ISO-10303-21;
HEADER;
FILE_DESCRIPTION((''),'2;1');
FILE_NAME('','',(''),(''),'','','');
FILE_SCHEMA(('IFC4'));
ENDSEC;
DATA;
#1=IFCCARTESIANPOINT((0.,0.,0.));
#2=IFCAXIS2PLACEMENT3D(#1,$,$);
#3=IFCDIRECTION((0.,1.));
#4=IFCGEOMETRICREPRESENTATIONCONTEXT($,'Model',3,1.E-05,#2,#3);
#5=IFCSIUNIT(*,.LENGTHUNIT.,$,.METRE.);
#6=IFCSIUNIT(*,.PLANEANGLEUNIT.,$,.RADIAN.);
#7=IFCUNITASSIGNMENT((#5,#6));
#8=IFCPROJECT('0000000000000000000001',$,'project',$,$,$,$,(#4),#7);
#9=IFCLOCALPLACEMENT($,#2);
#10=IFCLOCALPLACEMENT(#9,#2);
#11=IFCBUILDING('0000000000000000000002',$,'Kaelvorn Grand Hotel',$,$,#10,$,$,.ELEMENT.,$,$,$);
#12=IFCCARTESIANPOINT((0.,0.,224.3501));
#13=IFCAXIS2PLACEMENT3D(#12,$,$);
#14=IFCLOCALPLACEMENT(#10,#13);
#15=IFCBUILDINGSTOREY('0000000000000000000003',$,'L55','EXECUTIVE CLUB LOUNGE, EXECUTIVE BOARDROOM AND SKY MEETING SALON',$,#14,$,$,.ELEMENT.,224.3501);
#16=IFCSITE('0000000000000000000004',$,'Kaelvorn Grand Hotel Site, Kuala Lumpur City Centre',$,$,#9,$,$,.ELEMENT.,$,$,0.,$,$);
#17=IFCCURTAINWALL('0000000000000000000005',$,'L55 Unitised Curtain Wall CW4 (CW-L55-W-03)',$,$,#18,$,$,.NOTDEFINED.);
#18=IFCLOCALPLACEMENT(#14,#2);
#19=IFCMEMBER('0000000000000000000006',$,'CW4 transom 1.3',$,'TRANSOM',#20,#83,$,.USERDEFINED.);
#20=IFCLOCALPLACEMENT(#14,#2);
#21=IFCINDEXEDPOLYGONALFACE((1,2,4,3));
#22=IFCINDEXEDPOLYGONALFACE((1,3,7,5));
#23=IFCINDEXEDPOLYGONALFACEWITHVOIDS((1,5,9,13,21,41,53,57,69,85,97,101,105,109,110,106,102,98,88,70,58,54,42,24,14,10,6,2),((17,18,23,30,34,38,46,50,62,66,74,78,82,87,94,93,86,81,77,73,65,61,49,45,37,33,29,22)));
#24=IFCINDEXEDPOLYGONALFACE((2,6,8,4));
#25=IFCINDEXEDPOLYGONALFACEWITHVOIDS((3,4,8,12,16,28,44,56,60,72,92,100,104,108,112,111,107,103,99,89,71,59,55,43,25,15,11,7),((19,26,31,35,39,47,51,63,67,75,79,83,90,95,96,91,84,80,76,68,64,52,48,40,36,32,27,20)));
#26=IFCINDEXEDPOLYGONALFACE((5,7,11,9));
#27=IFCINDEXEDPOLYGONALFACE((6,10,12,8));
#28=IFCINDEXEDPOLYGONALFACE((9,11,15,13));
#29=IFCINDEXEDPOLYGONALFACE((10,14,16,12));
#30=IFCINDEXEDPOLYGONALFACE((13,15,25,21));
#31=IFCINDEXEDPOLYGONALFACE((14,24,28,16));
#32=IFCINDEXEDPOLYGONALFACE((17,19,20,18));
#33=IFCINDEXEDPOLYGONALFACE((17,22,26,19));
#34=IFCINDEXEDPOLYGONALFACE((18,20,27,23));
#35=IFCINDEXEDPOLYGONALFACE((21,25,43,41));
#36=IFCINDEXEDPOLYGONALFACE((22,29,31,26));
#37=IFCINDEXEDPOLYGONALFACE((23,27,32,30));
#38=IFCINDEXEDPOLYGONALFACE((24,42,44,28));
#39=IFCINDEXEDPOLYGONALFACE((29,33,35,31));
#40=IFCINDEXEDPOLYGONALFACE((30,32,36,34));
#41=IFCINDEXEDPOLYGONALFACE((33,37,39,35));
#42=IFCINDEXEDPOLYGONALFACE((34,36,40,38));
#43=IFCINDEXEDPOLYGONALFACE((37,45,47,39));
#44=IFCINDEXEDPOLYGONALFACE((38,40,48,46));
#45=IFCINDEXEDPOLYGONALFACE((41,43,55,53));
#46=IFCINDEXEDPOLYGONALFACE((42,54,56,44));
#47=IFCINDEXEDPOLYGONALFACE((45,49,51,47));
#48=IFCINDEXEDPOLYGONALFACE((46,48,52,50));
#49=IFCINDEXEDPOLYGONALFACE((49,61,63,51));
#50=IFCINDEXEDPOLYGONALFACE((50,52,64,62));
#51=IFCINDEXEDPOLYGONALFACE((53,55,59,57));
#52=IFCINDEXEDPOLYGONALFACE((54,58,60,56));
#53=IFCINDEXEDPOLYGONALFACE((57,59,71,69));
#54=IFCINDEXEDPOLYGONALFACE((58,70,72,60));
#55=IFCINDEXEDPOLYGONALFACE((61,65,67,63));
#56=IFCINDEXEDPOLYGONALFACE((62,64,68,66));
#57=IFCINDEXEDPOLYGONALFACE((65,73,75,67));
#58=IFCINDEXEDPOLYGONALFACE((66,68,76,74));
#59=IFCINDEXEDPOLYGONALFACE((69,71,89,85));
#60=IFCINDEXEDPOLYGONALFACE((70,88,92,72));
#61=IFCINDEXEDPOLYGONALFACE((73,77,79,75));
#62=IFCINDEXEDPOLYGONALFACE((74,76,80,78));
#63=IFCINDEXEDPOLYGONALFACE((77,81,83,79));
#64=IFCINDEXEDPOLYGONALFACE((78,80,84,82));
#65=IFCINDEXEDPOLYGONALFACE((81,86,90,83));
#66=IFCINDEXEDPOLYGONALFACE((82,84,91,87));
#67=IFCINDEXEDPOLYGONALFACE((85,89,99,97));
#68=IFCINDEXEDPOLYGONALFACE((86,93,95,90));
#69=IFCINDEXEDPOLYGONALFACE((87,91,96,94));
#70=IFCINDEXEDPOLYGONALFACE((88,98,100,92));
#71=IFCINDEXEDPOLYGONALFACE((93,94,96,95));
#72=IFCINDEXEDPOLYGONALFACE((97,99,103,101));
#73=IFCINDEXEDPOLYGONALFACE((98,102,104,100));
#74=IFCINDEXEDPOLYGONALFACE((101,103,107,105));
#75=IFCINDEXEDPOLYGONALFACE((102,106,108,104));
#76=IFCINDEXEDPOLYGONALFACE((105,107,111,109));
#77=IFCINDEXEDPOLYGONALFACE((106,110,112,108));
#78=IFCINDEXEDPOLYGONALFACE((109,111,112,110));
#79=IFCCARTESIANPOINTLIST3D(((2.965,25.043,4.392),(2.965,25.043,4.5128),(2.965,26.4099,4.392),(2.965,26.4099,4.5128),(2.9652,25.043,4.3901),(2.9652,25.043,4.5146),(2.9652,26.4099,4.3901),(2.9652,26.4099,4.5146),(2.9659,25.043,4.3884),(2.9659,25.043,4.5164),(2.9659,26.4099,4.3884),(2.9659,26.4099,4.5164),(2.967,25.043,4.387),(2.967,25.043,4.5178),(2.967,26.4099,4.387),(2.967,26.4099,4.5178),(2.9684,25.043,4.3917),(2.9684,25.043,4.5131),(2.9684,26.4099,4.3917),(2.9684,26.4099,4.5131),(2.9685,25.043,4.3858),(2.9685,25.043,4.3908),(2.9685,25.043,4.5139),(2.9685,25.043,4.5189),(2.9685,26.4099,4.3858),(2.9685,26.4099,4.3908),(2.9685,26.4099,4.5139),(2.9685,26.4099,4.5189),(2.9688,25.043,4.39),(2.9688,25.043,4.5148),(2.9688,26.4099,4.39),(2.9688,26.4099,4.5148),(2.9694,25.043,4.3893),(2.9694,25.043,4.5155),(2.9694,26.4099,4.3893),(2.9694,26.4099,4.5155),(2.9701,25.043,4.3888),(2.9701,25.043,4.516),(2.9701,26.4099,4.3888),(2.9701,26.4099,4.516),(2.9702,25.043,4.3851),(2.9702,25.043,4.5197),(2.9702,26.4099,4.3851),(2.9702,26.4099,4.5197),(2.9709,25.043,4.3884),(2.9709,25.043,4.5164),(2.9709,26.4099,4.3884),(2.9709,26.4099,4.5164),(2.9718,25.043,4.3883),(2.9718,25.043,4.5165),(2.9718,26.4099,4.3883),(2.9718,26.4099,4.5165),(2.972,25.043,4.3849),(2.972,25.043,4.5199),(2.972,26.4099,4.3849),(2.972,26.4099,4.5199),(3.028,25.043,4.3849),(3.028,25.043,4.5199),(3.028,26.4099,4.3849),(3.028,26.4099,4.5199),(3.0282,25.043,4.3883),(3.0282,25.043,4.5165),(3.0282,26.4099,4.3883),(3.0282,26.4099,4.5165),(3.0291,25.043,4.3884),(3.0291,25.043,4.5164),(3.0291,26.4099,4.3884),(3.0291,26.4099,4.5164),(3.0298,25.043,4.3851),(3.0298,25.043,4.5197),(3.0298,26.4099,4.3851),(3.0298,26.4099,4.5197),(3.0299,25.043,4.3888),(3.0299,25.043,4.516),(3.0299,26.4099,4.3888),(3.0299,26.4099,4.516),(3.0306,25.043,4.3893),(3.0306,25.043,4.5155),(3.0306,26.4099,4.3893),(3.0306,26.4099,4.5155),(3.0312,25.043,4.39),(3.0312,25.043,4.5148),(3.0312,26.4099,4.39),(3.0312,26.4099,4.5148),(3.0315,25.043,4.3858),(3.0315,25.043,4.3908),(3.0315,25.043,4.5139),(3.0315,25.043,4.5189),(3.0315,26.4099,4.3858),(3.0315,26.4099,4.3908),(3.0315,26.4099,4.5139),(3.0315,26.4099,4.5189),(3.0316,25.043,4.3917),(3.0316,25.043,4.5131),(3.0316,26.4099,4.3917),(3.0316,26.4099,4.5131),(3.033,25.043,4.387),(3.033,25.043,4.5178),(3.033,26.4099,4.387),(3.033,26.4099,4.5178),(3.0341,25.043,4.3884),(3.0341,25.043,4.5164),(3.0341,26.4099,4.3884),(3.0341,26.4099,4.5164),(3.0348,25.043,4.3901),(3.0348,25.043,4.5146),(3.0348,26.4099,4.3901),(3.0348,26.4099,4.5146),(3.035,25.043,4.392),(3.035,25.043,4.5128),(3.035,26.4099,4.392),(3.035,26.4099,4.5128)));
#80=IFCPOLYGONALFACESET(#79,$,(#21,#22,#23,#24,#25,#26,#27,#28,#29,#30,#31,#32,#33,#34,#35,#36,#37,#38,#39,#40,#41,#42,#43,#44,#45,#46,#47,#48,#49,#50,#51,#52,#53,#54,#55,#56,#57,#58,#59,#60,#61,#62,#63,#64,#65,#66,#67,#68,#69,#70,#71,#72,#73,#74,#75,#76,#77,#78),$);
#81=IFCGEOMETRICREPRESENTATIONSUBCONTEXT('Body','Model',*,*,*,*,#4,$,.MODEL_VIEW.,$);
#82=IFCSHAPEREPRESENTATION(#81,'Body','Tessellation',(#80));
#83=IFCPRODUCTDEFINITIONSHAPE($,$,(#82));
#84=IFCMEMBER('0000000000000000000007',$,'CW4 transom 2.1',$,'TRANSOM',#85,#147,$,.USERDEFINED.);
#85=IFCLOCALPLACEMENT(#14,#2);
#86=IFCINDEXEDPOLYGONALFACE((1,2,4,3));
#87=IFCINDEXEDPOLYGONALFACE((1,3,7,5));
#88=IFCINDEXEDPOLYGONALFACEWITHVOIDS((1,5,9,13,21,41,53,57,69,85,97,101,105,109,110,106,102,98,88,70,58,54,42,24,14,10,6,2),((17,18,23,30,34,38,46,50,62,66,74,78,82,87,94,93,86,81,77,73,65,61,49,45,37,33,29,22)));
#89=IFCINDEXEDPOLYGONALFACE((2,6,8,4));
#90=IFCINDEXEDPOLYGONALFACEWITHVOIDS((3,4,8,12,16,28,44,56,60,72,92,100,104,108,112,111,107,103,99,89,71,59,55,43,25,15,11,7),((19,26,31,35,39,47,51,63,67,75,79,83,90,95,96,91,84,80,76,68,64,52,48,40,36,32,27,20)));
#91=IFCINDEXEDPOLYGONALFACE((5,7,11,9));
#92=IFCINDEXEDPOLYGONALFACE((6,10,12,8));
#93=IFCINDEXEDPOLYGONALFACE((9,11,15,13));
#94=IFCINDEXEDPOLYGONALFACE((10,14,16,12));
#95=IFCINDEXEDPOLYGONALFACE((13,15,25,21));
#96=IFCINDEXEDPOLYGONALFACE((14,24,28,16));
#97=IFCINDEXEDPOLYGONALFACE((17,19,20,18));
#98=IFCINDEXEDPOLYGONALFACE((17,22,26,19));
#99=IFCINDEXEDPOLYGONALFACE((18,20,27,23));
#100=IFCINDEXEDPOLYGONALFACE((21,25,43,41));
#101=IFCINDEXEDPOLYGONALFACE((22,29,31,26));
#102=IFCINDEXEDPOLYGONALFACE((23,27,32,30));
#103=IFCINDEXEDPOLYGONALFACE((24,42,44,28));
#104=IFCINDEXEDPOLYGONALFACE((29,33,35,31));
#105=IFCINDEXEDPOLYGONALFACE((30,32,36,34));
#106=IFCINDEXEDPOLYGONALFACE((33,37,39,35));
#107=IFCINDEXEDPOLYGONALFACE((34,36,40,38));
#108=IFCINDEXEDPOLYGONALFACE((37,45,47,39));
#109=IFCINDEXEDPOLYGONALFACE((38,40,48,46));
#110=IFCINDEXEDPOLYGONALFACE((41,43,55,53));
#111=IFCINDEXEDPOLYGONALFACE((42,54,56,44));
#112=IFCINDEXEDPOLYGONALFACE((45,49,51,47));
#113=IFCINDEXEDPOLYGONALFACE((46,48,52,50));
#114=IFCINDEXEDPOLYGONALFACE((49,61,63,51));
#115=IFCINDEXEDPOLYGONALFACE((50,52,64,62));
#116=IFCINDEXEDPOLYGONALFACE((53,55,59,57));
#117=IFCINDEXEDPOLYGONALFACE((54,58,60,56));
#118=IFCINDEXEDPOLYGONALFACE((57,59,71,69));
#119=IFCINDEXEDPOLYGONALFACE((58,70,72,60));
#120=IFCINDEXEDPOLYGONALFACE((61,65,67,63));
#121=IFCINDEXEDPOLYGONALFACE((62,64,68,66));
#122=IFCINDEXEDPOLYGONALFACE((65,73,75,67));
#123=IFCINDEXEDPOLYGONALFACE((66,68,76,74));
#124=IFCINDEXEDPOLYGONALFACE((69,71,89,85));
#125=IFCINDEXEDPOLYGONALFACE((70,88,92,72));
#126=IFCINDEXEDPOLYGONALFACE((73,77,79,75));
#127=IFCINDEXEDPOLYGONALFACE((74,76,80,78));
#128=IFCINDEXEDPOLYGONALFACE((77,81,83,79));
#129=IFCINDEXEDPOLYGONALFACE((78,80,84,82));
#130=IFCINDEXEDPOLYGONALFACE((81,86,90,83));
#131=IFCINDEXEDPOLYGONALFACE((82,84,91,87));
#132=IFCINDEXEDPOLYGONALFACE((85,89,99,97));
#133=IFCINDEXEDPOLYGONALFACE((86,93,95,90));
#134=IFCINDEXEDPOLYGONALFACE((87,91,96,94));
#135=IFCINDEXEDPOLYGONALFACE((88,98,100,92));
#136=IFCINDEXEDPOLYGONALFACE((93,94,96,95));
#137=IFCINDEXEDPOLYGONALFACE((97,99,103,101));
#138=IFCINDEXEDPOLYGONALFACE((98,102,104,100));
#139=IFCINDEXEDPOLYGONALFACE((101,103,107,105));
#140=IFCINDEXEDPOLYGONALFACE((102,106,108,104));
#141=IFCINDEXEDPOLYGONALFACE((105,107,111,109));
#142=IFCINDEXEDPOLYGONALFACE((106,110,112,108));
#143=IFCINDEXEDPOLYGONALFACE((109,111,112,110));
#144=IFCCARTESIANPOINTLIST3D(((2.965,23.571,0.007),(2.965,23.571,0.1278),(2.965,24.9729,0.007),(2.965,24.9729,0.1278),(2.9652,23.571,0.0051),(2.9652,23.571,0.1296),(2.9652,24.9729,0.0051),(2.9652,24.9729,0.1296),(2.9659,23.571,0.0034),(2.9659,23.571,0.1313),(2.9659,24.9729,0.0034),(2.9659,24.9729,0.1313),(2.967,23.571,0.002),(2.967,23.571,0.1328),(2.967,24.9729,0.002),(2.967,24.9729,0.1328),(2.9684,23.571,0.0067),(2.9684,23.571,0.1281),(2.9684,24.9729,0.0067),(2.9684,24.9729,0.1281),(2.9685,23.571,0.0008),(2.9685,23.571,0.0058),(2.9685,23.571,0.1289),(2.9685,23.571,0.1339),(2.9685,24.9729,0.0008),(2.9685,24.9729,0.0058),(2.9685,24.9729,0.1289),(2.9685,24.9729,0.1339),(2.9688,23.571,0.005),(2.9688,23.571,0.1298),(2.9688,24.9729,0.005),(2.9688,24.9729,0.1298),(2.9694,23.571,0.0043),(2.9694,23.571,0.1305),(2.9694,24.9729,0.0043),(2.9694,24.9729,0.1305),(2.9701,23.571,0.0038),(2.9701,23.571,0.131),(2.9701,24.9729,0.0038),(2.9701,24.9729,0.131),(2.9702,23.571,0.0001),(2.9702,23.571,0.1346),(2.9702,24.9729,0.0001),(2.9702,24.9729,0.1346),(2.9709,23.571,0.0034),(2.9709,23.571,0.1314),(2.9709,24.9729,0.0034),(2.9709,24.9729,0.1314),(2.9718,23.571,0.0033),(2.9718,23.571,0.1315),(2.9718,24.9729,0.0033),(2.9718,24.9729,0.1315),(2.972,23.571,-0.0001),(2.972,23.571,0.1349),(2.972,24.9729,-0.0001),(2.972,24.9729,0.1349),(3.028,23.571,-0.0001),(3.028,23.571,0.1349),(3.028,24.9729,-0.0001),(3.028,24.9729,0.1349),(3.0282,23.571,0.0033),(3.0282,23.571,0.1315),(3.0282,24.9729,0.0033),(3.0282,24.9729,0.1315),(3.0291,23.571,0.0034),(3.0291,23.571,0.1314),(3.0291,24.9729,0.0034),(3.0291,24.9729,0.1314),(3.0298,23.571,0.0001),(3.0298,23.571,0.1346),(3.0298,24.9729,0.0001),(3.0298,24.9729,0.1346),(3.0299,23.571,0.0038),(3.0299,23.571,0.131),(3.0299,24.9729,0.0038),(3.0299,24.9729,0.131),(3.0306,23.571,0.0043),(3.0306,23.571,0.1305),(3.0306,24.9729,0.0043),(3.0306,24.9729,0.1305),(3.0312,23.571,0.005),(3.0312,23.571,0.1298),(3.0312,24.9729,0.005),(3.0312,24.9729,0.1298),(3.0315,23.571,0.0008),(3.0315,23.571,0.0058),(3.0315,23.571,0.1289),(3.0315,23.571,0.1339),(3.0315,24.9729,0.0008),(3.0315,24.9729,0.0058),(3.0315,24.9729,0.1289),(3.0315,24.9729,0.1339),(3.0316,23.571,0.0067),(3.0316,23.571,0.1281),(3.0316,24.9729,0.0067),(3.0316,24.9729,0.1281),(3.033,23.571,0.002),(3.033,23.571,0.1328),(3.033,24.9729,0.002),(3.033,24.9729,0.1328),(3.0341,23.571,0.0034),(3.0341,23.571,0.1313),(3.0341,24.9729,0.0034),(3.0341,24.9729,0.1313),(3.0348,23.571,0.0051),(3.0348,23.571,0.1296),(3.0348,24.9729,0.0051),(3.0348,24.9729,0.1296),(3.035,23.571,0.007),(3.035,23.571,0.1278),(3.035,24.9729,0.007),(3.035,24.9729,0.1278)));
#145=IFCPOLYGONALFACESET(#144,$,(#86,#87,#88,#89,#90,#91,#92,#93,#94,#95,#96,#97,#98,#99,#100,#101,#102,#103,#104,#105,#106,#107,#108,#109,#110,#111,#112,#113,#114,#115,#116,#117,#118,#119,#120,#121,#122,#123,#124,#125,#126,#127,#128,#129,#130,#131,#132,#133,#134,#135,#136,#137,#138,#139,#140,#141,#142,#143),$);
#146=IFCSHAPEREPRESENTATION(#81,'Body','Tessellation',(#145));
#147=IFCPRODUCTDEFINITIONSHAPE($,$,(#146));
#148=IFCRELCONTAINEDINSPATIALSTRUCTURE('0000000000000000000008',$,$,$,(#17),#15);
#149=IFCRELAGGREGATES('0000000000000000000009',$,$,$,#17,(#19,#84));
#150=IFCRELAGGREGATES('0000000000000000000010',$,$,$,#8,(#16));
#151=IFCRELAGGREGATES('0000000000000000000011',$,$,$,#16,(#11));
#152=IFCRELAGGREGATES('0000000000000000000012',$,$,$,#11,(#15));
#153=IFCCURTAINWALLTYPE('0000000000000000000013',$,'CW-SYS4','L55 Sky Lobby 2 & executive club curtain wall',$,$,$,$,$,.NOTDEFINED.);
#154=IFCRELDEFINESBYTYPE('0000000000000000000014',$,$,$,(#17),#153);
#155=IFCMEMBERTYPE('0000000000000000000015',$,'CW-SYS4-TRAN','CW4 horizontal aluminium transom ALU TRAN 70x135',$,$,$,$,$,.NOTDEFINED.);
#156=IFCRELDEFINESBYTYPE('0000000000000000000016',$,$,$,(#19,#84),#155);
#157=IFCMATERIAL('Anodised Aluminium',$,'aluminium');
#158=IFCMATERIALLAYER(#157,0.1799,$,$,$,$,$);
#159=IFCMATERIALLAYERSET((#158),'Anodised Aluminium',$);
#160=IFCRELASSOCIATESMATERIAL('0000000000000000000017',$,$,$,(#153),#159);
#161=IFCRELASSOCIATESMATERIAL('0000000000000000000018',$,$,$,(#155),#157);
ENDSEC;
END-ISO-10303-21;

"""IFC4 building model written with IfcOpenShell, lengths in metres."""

from ifc_helpers import new_model, si_unit, direction, frame, origin, origin_2d, place, context, subcontext, project, spatial, hollow_rectangle, extrude, material, layer, layer_set, material_profile, profile_set, type_object, element, aggregate, save


model = new_model("IFC4")

# Units and contexts
model_context = context("Model", 3, precision=1e-05, world=origin(), true_north=direction((0.0, 1.0)))
body_context = subcontext(model_context, "Body", "Model", "MODEL_VIEW")
ifc_project = project(units=[si_unit("LENGTHUNIT", "METRE"), si_unit("PLANEANGLEUNIT", "RADIAN")], contexts=[model_context])

# Site, building, storey
site_placement = place(None, origin())
site = spatial("IfcSite", under=ifc_project, at=site_placement, Name="Kaelvorn Grand Hotel Site, Kuala Lumpur City Centre", CompositionType="ELEMENT", RefElevation=0.0)
building_placement = place(site_placement, origin())
building = spatial("IfcBuilding", under=site, at=building_placement, Name="Kaelvorn Grand Hotel", CompositionType="ELEMENT")
storey_placement = place(building_placement, frame((0.0, 0.0, 224.3501)))
storey = spatial("IfcBuildingStorey", under=building, at=storey_placement, Name="L55", Description="EXECUTIVE CLUB LOUNGE, EXECUTIVE BOARDROOM AND SKY MEETING SALON", CompositionType="ELEMENT", Elevation=224.3501)

# Shared definitions
ifc_material_1 = material(Name="Anodised Aluminium", Category="aluminium")
ifc_layer_1 = layer(ifc_material_1, 0.1799)
ifc_layer_set_1 = layer_set([ifc_layer_1], Name="Anodised Aluminium")
curtain_wall_type = type_object("IfcCurtainWallType", Name="CW-SYS4", Description="L55 Sky Lobby 2 & executive club curtain wall", PredefinedType="NOTDEFINED", material=ifc_layer_set_1)

# Curtain wall, members
curtain_wall_1_placement = place(storey_placement, origin())
curtain_wall_1 = element("IfcCurtainWall", 1, at=curtain_wall_1_placement, inside=storey, type_object=curtain_wall_type, Name="L55 Unitised Curtain Wall CW4 (CW-L55-W-03)", PredefinedType="NOTDEFINED")
ifc_material_profile_1 = material_profile(ifc_material_1, hollow_rectangle(XDim=0.0701, YDim=0.135, WallThickness=0.0034, InnerFilletRadius=0.0034, OuterFilletRadius=0.0071, at=origin_2d()), Name="ALU TRAN 70x135")
ifc_profile_set_1 = profile_set([ifc_material_profile_1], Name="Anodised Aluminium")
member_type_1 = type_object("IfcMemberType", Name="CW-SYS4-TRAN", Description="CW4 horizontal aluminium transom ALU TRAN 70x135", PredefinedType="NOTDEFINED", material=ifc_profile_set_1)
member_1_placement = place(storey_placement, frame((3.0, 26.4099, 4.4524), z_axis=(0.0, -1.0, 0.0), x_axis=(1.0, 0.0, 0.0)))
member_1 = element("IfcMember", 2, at=member_1_placement, type_object=member_type_1, Name="CW4 transom 1.3", ObjectType="TRANSOM", PredefinedType="USERDEFINED", context=body_context, shape_type="SweptSolid", body=[
    extrude(hollow_rectangle(XDim=0.0701, YDim=0.135, WallThickness=0.0034, InnerFilletRadius=0.0034, OuterFilletRadius=0.0071, at=origin_2d()), origin(), (0.0, 0.0, 1.0), 1.3669),
])
member_2_placement = place(storey_placement, frame((3.0, 24.9729, 0.0674), z_axis=(0.0, -1.0, 0.0), x_axis=(1.0, 0.0, 0.0)))
member_2 = element("IfcMember", 3, at=member_2_placement, type_object=member_type_1, Name="CW4 transom 2.1", ObjectType="TRANSOM", PredefinedType="USERDEFINED", context=body_context, shape_type="SweptSolid", body=[
    extrude(hollow_rectangle(XDim=0.0701, YDim=0.135, WallThickness=0.0034, InnerFilletRadius=0.0034, OuterFilletRadius=0.0071, at=origin_2d()), origin(), (0.0, 0.0, 1.0), 1.4019),
])

aggregate(curtain_wall_1, [member_1, member_2])

save(model, "model.ifc")
